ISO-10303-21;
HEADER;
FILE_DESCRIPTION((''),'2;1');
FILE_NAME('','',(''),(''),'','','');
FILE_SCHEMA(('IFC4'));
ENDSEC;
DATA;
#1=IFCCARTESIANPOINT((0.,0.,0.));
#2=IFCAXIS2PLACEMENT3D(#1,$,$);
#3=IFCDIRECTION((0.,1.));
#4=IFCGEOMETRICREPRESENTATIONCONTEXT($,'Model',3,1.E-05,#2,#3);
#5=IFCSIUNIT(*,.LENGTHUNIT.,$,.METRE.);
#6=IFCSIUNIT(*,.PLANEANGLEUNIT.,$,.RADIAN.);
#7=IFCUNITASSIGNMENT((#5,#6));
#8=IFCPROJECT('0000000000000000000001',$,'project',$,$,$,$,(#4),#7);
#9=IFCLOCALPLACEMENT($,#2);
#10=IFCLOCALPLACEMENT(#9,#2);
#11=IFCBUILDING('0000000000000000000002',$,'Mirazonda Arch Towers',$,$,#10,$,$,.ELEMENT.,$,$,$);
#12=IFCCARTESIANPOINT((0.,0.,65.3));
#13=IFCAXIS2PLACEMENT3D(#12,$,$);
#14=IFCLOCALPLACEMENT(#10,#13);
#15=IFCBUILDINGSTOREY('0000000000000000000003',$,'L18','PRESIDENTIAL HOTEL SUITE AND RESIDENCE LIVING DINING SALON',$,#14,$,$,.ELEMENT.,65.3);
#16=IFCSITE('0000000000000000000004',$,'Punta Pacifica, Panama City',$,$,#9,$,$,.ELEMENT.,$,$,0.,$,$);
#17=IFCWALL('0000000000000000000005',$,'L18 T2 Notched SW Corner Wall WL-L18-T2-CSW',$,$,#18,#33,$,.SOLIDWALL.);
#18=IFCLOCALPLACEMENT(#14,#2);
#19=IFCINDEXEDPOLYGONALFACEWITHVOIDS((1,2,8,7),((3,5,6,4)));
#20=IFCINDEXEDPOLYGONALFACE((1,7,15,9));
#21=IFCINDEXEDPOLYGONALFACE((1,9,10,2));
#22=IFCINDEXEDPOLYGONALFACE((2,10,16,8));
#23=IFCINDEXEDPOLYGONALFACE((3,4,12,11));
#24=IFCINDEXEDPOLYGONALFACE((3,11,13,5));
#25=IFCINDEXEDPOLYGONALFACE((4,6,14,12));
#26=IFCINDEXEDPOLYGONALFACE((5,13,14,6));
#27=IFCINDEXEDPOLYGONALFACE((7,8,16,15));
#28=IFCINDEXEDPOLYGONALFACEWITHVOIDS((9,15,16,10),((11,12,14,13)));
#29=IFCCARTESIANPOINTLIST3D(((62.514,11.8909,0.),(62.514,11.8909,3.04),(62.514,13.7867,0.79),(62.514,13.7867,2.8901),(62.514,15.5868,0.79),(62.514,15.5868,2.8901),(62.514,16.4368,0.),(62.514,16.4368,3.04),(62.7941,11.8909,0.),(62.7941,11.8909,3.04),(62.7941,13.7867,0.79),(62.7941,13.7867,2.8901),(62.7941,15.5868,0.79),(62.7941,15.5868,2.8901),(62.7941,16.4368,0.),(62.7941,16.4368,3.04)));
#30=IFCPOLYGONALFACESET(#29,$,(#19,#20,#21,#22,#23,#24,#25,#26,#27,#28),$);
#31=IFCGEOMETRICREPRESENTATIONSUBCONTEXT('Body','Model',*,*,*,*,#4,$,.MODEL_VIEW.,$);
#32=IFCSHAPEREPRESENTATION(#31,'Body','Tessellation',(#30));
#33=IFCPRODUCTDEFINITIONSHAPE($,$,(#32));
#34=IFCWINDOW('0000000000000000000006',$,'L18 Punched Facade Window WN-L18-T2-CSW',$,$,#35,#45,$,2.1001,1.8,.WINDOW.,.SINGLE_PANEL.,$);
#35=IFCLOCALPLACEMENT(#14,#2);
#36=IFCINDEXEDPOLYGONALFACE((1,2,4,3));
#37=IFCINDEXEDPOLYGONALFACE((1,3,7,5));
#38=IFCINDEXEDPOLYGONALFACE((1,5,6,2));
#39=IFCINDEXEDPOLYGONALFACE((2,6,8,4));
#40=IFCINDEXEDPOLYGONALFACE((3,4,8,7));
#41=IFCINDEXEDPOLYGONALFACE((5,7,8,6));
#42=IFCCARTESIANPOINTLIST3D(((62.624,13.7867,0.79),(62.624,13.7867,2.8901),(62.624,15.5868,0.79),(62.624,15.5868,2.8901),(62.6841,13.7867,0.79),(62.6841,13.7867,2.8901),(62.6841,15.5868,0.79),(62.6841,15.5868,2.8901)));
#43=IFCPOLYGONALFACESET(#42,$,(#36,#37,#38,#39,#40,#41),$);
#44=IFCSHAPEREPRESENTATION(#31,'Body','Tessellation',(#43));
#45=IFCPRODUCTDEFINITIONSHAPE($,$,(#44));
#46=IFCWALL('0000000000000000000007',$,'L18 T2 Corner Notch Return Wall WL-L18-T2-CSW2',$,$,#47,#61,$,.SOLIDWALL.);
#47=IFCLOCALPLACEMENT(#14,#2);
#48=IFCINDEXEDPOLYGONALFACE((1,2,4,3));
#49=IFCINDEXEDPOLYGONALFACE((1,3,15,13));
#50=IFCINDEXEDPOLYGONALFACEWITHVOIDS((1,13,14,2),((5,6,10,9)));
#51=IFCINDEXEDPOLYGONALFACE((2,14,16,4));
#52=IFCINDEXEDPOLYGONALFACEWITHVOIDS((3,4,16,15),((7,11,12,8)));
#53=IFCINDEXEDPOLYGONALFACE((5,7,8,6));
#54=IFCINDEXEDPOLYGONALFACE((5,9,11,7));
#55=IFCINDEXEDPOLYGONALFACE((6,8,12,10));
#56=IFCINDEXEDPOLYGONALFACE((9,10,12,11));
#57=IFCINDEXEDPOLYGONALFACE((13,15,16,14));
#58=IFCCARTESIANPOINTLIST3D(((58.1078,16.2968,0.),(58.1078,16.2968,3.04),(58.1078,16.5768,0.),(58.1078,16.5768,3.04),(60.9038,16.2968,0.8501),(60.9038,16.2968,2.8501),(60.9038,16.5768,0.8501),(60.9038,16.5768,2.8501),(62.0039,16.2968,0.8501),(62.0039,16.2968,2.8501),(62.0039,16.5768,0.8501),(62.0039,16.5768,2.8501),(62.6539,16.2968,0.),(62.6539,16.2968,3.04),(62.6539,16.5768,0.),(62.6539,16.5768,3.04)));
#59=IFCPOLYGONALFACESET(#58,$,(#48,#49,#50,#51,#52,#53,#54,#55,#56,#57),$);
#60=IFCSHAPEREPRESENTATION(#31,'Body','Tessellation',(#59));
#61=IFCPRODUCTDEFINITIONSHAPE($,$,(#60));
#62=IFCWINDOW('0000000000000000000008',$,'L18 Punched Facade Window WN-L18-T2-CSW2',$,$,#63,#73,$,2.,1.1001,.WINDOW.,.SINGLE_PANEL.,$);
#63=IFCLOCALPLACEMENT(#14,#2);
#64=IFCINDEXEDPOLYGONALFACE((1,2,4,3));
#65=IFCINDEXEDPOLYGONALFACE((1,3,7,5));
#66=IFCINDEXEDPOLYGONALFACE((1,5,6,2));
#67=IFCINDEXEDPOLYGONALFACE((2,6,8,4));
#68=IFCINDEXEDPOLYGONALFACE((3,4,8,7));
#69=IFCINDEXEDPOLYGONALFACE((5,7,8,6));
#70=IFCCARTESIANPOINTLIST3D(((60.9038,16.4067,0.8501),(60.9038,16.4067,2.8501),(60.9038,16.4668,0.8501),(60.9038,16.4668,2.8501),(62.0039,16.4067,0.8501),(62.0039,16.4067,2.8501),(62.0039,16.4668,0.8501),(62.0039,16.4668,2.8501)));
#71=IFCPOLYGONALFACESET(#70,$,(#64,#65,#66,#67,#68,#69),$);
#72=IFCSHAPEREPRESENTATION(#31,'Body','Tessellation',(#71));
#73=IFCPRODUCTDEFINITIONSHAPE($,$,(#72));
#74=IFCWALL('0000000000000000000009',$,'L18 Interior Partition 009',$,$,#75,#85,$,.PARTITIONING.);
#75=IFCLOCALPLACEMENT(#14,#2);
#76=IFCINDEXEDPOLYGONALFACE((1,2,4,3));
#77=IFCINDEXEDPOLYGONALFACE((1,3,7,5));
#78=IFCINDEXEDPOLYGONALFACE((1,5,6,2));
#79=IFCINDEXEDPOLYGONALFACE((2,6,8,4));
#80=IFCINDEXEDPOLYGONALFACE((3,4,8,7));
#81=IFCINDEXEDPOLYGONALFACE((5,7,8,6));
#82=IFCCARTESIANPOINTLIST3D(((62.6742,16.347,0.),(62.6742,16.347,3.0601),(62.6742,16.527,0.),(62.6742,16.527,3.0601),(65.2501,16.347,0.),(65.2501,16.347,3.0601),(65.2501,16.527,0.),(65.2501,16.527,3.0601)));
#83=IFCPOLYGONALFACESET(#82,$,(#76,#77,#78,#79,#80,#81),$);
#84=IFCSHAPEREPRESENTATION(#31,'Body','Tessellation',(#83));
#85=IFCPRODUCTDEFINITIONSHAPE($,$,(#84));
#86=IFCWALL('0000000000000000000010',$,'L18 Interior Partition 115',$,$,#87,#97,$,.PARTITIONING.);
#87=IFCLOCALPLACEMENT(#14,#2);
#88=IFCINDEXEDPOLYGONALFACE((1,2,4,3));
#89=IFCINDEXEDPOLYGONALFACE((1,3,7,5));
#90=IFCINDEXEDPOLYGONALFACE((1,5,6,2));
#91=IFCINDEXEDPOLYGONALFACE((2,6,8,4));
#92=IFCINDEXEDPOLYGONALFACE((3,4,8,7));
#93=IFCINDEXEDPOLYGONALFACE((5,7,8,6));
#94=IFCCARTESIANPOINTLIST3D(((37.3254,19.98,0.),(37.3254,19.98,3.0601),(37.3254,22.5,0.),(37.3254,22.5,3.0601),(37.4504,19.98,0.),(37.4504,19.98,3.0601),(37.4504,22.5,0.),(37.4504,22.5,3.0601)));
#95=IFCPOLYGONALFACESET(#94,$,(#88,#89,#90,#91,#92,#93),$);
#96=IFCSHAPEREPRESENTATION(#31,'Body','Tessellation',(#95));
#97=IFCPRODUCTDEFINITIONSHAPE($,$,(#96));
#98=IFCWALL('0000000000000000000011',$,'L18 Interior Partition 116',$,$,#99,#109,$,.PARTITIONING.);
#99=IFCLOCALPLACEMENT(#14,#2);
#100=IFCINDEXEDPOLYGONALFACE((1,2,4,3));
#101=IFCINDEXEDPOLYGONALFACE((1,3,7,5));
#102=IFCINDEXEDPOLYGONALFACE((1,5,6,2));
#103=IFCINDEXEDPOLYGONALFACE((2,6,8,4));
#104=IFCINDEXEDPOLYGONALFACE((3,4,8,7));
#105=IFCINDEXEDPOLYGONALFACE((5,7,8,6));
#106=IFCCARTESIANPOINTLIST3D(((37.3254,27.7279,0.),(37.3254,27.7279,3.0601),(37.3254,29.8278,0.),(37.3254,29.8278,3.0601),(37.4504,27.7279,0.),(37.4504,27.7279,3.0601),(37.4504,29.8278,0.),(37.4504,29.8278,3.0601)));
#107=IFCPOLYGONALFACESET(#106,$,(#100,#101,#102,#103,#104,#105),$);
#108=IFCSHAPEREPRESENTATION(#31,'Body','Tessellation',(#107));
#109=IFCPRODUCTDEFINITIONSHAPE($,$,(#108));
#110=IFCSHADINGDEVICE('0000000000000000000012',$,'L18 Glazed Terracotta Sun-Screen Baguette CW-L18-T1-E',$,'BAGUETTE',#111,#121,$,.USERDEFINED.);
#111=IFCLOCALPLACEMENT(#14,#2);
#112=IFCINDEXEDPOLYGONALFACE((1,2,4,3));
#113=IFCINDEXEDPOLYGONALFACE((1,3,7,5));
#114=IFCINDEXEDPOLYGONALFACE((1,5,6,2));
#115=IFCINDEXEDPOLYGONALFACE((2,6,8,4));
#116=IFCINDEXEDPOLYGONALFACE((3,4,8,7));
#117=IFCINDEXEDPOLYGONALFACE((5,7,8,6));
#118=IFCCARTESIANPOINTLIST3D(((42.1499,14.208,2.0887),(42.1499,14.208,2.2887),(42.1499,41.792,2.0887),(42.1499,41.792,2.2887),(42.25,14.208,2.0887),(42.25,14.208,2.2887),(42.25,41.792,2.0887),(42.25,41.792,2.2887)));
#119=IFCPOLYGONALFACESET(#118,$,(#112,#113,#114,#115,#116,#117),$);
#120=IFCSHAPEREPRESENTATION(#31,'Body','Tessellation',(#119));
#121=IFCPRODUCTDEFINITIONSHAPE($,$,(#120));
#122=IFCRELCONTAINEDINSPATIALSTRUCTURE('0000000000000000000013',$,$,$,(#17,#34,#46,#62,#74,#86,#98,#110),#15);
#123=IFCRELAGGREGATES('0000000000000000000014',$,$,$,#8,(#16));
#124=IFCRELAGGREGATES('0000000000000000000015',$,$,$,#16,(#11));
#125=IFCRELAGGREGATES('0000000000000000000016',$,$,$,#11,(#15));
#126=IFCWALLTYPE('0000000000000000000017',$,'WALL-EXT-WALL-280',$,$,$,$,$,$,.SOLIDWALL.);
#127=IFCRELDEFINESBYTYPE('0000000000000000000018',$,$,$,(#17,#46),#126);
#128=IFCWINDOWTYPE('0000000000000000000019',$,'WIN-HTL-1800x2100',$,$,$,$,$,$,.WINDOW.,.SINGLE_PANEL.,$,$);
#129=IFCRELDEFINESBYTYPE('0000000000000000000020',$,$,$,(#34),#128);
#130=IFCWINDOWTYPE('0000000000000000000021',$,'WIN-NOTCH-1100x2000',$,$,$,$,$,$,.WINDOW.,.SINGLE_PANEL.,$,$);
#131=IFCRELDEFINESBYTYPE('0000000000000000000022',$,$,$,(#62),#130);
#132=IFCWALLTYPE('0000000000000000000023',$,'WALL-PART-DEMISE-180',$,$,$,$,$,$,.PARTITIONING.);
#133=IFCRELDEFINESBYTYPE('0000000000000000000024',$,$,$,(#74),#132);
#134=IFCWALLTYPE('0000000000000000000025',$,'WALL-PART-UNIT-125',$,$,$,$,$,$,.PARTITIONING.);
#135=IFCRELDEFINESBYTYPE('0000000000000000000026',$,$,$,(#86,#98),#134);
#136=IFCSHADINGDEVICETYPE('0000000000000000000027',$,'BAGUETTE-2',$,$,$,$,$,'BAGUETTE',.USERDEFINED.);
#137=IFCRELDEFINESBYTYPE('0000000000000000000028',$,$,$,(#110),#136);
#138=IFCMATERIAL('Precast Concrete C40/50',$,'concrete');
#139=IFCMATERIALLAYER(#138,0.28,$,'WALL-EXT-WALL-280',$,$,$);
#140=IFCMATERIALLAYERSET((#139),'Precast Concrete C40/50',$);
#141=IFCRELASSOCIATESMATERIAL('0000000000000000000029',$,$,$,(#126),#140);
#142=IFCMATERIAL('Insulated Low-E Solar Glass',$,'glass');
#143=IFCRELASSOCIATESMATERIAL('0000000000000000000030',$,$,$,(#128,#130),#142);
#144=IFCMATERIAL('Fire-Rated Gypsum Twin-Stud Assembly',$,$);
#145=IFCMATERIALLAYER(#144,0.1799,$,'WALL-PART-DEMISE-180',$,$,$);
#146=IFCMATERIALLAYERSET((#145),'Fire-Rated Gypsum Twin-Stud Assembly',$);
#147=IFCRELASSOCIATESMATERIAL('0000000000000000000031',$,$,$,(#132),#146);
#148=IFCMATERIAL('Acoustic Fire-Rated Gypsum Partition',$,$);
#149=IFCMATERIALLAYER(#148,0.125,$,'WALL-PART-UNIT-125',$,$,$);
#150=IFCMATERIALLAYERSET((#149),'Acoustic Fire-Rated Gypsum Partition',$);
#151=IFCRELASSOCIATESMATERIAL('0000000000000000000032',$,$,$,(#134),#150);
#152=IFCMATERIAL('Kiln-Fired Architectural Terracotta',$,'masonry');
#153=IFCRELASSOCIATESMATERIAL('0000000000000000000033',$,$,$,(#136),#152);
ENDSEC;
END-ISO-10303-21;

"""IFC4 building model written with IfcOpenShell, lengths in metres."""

from ifc_helpers import new_model, si_unit, direction, frame, frame_2d, origin, origin_2d, place, context, subcontext, project, spatial, rectangle, extrude, material, layer, layer_set, material_profile, profile_set, type_object, element, fill, save


model = new_model("IFC4")

# Units and contexts
model_context = context("Model", 3, precision=1e-05, world=origin(), true_north=direction((0.0, 1.0)))
body_context = subcontext(model_context, "Body", "Model", "MODEL_VIEW")
ifc_project = project(units=[si_unit("LENGTHUNIT", "METRE"), si_unit("PLANEANGLEUNIT", "RADIAN")], contexts=[model_context])

# Site, building, storey
site_placement = place(None, origin())
site = spatial("IfcSite", under=ifc_project, at=site_placement, Name="Punta Pacifica, Panama City", CompositionType="ELEMENT", RefElevation=0.0)
building_placement = place(site_placement, origin())
building = spatial("IfcBuilding", under=site, at=building_placement, Name="Mirazonda Arch Towers", CompositionType="ELEMENT")
storey_placement = place(building_placement, frame((0.0, 0.0, 65.3)))
storey = spatial("IfcBuildingStorey", under=building, at=storey_placement, Name="L18", Description="PRESIDENTIAL HOTEL SUITE AND RESIDENCE LIVING DINING SALON", CompositionType="ELEMENT", Elevation=65.3)

# Shared definitions
ifc_material_1 = material(Name="Insulated Low-E Solar Glass", Category="glass")

# Shared definitions
ifc_material_2 = material(Name="Precast Concrete C40/50", Category="concrete")
ifc_layer_1 = layer(ifc_material_2, 0.28, Name="WALL-EXT-WALL-280")
ifc_layer_set_1 = layer_set([ifc_layer_1], Name="Precast Concrete C40/50")
wall_type_1 = type_object("IfcWallType", Name="WALL-EXT-WALL-280", PredefinedType="SOLIDWALL", material=ifc_layer_set_1)

# Walls, openings, windows
wall_1_placement = place(storey_placement, frame((62.6541, 16.4368, 0.0), z_axis=(0.0, 0.0, 1.0), x_axis=(0.0, -1.0, 0.0)))
wall_1 = element("IfcWall", 1, at=wall_1_placement, inside=storey, type_object=wall_type_1, Name="L18 T2 Notched SW Corner Wall WL-L18-T2-CSW", PredefinedType="SOLIDWALL", context=body_context, shape_type="SweptSolid", body=[
    extrude(rectangle(XDim=4.5459, YDim=0.28, at=frame_2d((2.2729, 0.0))), origin(), (0.0, 0.0, 1.0), 3.04),
])
opening_1_placement = place(wall_1_placement, frame((0.8501, 0.0, 0.79)))
opening_1 = element("IfcOpeningElement", 2, at=opening_1_placement, cuts=wall_1, PredefinedType="OPENING", context=body_context, shape_type="SweptSolid", body=[
    extrude(rectangle(XDim=1.8, YDim=2.1001, at=frame_2d((0.8999, 1.05))), frame((0.0, 0.1499, 0.0), z_axis=(0.0, -1.0, 0.0), x_axis=(1.0, 0.0, 0.0)), (0.0, 0.0, 1.0), 0.3),
])
window_type_1 = type_object("IfcWindowType", Name="WIN-HTL-1800x2100", PartitioningType="SINGLE_PANEL", PredefinedType="WINDOW", material=ifc_material_1)
window_1_placement = place(opening_1_placement, origin())
window_1 = element("IfcWindow", 3, at=window_1_placement, inside=storey, type_object=window_type_1, Name="L18 Punched Facade Window WN-L18-T2-CSW", OverallHeight=2.1001, OverallWidth=1.8, PartitioningType="SINGLE_PANEL", PredefinedType="WINDOW", context=body_context, shape_type="SweptSolid", body=[
    extrude(rectangle(XDim=1.8, YDim=2.1001, at=frame_2d((0.8999, 1.05))), frame((0.0, 0.03, 0.0), z_axis=(0.0, -1.0, 0.0), x_axis=(1.0, 0.0, 0.0)), (0.0, 0.0, 1.0), 0.0601),
])
fill(opening_1, window_1)
wall_2_placement = place(storey_placement, frame((58.1079, 16.4368, 0.0), z_axis=(0.0, 0.0, 1.0), x_axis=(1.0, 0.0, 0.0)))
wall_2 = element("IfcWall", 4, at=wall_2_placement, inside=storey, type_object=wall_type_1, Name="L18 T2 Corner Notch Return Wall WL-L18-T2-CSW2", PredefinedType="SOLIDWALL", context=body_context, shape_type="SweptSolid", body=[
    extrude(rectangle(XDim=4.5461, YDim=0.28, at=frame_2d((2.2729, 0.0))), origin(), (0.0, 0.0, 1.0), 3.04),
])
opening_2_placement = place(wall_2_placement, frame((2.7959, 0.0, 0.8501)))
opening_2 = element("IfcOpeningElement", 5, at=opening_2_placement, cuts=wall_2, PredefinedType="OPENING", context=body_context, shape_type="SweptSolid", body=[
    extrude(rectangle(XDim=1.1001, YDim=2.0, at=frame_2d((0.55, 1.0))), frame((0.0, 0.1499, 0.0), z_axis=(0.0, -1.0, 0.0), x_axis=(1.0, 0.0, 0.0)), (0.0, 0.0, 1.0), 0.3),
])
window_type_2 = type_object("IfcWindowType", Name="WIN-NOTCH-1100x2000", PartitioningType="SINGLE_PANEL", PredefinedType="WINDOW", material=ifc_material_1)
window_2_placement = place(opening_2_placement, origin())
window_2 = element("IfcWindow", 6, at=window_2_placement, inside=storey, type_object=window_type_2, Name="L18 Punched Facade Window WN-L18-T2-CSW2", OverallHeight=2.0, OverallWidth=1.1001, PartitioningType="SINGLE_PANEL", PredefinedType="WINDOW", context=body_context, shape_type="SweptSolid", body=[
    extrude(rectangle(XDim=1.1001, YDim=2.0, at=frame_2d((0.55, 1.0))), frame((0.0, 0.03, 0.0), z_axis=(0.0, -1.0, 0.0), x_axis=(1.0, 0.0, 0.0)), (0.0, 0.0, 1.0), 0.0601),
])
fill(opening_2, window_2)

# Walls
ifc_material_3 = material(Name="Fire-Rated Gypsum Twin-Stud Assembly")
ifc_layer_2 = layer(ifc_material_3, 0.1799, Name="WALL-PART-DEMISE-180")
ifc_layer_set_2 = layer_set([ifc_layer_2], Name="Fire-Rated Gypsum Twin-Stud Assembly")
wall_type_2 = type_object("IfcWallType", Name="WALL-PART-DEMISE-180", PredefinedType="PARTITIONING", material=ifc_layer_set_2)
wall_3_placement = place(storey_placement, frame((62.6741, 16.437, 0.0), z_axis=(0.0, 0.0, 1.0), x_axis=(1.0, 0.0, 0.0)))
element("IfcWall", 7, at=wall_3_placement, inside=storey, type_object=wall_type_2, Name="L18 Interior Partition 009", PredefinedType="PARTITIONING", context=body_context, shape_type="SweptSolid", body=[
    extrude(rectangle(XDim=2.5759, YDim=0.1799, at=frame_2d((1.2881, 0.0))), origin(), (0.0, 0.0, 1.0), 3.0601),
])
ifc_material_4 = material(Name="Acoustic Fire-Rated Gypsum Partition")
ifc_layer_3 = layer(ifc_material_4, 0.125, Name="WALL-PART-UNIT-125")
ifc_layer_set_3 = layer_set([ifc_layer_3], Name="Acoustic Fire-Rated Gypsum Partition")
wall_type_3 = type_object("IfcWallType", Name="WALL-PART-UNIT-125", PredefinedType="PARTITIONING", material=ifc_layer_set_3)
wall_4_placement = place(storey_placement, frame((37.3879, 19.98, 0.0), z_axis=(0.0, 0.0, 1.0), x_axis=(0.0, 1.0, 0.0)))
element("IfcWall", 8, at=wall_4_placement, inside=storey, type_object=wall_type_3, Name="L18 Interior Partition 115", PredefinedType="PARTITIONING", context=body_context, shape_type="SweptSolid", body=[
    extrude(rectangle(XDim=2.52, YDim=0.125, at=frame_2d((1.26, 0.0))), origin(), (0.0, 0.0, 1.0), 3.0601),
])
wall_5_placement = place(storey_placement, frame((37.3879, 27.728, 0.0), z_axis=(0.0, 0.0, 1.0), x_axis=(0.0, 1.0, 0.0)))
element("IfcWall", 9, at=wall_5_placement, inside=storey, type_object=wall_type_3, Name="L18 Interior Partition 116", PredefinedType="PARTITIONING", context=body_context, shape_type="SweptSolid", body=[
    extrude(rectangle(XDim=2.0999, YDim=0.125, at=frame_2d((1.0498, 0.0))), origin(), (0.0, 0.0, 1.0), 3.0601),
])

# Shading device
ifc_material_5 = material(Name="Kiln-Fired Architectural Terracotta", Category="masonry")
ifc_material_profile_1 = material_profile(ifc_material_5, rectangle(XDim=0.1001, YDim=0.2, at=origin_2d()), Name="TERRA-BAG-100x200")
ifc_profile_set_1 = profile_set([ifc_material_profile_1], Name="Kiln-Fired Architectural Terracotta")
shading_device_type = type_object("IfcShadingDeviceType", Name="BAGUETTE-2", ElementType="BAGUETTE", PredefinedType="USERDEFINED", material=ifc_profile_set_1)
shading_device_placement = place(storey_placement, frame((42.2, 14.208, 2.1887), z_axis=(0.0, 1.0, 0.0), x_axis=(-1.0, 0.0, 0.0)))
element("IfcShadingDevice", 10, at=shading_device_placement, inside=storey, type_object=shading_device_type, Name="L18 Glazed Terracotta Sun-Screen Baguette CW-L18-T1-E", ObjectType="BAGUETTE", PredefinedType="USERDEFINED", context=body_context, shape_type="SweptSolid", body=[
    extrude(rectangle(XDim=0.1001, YDim=0.2, at=origin_2d()), origin(), (0.0, 0.0, 1.0), 27.584),
])

save(model, "model.ifc")
